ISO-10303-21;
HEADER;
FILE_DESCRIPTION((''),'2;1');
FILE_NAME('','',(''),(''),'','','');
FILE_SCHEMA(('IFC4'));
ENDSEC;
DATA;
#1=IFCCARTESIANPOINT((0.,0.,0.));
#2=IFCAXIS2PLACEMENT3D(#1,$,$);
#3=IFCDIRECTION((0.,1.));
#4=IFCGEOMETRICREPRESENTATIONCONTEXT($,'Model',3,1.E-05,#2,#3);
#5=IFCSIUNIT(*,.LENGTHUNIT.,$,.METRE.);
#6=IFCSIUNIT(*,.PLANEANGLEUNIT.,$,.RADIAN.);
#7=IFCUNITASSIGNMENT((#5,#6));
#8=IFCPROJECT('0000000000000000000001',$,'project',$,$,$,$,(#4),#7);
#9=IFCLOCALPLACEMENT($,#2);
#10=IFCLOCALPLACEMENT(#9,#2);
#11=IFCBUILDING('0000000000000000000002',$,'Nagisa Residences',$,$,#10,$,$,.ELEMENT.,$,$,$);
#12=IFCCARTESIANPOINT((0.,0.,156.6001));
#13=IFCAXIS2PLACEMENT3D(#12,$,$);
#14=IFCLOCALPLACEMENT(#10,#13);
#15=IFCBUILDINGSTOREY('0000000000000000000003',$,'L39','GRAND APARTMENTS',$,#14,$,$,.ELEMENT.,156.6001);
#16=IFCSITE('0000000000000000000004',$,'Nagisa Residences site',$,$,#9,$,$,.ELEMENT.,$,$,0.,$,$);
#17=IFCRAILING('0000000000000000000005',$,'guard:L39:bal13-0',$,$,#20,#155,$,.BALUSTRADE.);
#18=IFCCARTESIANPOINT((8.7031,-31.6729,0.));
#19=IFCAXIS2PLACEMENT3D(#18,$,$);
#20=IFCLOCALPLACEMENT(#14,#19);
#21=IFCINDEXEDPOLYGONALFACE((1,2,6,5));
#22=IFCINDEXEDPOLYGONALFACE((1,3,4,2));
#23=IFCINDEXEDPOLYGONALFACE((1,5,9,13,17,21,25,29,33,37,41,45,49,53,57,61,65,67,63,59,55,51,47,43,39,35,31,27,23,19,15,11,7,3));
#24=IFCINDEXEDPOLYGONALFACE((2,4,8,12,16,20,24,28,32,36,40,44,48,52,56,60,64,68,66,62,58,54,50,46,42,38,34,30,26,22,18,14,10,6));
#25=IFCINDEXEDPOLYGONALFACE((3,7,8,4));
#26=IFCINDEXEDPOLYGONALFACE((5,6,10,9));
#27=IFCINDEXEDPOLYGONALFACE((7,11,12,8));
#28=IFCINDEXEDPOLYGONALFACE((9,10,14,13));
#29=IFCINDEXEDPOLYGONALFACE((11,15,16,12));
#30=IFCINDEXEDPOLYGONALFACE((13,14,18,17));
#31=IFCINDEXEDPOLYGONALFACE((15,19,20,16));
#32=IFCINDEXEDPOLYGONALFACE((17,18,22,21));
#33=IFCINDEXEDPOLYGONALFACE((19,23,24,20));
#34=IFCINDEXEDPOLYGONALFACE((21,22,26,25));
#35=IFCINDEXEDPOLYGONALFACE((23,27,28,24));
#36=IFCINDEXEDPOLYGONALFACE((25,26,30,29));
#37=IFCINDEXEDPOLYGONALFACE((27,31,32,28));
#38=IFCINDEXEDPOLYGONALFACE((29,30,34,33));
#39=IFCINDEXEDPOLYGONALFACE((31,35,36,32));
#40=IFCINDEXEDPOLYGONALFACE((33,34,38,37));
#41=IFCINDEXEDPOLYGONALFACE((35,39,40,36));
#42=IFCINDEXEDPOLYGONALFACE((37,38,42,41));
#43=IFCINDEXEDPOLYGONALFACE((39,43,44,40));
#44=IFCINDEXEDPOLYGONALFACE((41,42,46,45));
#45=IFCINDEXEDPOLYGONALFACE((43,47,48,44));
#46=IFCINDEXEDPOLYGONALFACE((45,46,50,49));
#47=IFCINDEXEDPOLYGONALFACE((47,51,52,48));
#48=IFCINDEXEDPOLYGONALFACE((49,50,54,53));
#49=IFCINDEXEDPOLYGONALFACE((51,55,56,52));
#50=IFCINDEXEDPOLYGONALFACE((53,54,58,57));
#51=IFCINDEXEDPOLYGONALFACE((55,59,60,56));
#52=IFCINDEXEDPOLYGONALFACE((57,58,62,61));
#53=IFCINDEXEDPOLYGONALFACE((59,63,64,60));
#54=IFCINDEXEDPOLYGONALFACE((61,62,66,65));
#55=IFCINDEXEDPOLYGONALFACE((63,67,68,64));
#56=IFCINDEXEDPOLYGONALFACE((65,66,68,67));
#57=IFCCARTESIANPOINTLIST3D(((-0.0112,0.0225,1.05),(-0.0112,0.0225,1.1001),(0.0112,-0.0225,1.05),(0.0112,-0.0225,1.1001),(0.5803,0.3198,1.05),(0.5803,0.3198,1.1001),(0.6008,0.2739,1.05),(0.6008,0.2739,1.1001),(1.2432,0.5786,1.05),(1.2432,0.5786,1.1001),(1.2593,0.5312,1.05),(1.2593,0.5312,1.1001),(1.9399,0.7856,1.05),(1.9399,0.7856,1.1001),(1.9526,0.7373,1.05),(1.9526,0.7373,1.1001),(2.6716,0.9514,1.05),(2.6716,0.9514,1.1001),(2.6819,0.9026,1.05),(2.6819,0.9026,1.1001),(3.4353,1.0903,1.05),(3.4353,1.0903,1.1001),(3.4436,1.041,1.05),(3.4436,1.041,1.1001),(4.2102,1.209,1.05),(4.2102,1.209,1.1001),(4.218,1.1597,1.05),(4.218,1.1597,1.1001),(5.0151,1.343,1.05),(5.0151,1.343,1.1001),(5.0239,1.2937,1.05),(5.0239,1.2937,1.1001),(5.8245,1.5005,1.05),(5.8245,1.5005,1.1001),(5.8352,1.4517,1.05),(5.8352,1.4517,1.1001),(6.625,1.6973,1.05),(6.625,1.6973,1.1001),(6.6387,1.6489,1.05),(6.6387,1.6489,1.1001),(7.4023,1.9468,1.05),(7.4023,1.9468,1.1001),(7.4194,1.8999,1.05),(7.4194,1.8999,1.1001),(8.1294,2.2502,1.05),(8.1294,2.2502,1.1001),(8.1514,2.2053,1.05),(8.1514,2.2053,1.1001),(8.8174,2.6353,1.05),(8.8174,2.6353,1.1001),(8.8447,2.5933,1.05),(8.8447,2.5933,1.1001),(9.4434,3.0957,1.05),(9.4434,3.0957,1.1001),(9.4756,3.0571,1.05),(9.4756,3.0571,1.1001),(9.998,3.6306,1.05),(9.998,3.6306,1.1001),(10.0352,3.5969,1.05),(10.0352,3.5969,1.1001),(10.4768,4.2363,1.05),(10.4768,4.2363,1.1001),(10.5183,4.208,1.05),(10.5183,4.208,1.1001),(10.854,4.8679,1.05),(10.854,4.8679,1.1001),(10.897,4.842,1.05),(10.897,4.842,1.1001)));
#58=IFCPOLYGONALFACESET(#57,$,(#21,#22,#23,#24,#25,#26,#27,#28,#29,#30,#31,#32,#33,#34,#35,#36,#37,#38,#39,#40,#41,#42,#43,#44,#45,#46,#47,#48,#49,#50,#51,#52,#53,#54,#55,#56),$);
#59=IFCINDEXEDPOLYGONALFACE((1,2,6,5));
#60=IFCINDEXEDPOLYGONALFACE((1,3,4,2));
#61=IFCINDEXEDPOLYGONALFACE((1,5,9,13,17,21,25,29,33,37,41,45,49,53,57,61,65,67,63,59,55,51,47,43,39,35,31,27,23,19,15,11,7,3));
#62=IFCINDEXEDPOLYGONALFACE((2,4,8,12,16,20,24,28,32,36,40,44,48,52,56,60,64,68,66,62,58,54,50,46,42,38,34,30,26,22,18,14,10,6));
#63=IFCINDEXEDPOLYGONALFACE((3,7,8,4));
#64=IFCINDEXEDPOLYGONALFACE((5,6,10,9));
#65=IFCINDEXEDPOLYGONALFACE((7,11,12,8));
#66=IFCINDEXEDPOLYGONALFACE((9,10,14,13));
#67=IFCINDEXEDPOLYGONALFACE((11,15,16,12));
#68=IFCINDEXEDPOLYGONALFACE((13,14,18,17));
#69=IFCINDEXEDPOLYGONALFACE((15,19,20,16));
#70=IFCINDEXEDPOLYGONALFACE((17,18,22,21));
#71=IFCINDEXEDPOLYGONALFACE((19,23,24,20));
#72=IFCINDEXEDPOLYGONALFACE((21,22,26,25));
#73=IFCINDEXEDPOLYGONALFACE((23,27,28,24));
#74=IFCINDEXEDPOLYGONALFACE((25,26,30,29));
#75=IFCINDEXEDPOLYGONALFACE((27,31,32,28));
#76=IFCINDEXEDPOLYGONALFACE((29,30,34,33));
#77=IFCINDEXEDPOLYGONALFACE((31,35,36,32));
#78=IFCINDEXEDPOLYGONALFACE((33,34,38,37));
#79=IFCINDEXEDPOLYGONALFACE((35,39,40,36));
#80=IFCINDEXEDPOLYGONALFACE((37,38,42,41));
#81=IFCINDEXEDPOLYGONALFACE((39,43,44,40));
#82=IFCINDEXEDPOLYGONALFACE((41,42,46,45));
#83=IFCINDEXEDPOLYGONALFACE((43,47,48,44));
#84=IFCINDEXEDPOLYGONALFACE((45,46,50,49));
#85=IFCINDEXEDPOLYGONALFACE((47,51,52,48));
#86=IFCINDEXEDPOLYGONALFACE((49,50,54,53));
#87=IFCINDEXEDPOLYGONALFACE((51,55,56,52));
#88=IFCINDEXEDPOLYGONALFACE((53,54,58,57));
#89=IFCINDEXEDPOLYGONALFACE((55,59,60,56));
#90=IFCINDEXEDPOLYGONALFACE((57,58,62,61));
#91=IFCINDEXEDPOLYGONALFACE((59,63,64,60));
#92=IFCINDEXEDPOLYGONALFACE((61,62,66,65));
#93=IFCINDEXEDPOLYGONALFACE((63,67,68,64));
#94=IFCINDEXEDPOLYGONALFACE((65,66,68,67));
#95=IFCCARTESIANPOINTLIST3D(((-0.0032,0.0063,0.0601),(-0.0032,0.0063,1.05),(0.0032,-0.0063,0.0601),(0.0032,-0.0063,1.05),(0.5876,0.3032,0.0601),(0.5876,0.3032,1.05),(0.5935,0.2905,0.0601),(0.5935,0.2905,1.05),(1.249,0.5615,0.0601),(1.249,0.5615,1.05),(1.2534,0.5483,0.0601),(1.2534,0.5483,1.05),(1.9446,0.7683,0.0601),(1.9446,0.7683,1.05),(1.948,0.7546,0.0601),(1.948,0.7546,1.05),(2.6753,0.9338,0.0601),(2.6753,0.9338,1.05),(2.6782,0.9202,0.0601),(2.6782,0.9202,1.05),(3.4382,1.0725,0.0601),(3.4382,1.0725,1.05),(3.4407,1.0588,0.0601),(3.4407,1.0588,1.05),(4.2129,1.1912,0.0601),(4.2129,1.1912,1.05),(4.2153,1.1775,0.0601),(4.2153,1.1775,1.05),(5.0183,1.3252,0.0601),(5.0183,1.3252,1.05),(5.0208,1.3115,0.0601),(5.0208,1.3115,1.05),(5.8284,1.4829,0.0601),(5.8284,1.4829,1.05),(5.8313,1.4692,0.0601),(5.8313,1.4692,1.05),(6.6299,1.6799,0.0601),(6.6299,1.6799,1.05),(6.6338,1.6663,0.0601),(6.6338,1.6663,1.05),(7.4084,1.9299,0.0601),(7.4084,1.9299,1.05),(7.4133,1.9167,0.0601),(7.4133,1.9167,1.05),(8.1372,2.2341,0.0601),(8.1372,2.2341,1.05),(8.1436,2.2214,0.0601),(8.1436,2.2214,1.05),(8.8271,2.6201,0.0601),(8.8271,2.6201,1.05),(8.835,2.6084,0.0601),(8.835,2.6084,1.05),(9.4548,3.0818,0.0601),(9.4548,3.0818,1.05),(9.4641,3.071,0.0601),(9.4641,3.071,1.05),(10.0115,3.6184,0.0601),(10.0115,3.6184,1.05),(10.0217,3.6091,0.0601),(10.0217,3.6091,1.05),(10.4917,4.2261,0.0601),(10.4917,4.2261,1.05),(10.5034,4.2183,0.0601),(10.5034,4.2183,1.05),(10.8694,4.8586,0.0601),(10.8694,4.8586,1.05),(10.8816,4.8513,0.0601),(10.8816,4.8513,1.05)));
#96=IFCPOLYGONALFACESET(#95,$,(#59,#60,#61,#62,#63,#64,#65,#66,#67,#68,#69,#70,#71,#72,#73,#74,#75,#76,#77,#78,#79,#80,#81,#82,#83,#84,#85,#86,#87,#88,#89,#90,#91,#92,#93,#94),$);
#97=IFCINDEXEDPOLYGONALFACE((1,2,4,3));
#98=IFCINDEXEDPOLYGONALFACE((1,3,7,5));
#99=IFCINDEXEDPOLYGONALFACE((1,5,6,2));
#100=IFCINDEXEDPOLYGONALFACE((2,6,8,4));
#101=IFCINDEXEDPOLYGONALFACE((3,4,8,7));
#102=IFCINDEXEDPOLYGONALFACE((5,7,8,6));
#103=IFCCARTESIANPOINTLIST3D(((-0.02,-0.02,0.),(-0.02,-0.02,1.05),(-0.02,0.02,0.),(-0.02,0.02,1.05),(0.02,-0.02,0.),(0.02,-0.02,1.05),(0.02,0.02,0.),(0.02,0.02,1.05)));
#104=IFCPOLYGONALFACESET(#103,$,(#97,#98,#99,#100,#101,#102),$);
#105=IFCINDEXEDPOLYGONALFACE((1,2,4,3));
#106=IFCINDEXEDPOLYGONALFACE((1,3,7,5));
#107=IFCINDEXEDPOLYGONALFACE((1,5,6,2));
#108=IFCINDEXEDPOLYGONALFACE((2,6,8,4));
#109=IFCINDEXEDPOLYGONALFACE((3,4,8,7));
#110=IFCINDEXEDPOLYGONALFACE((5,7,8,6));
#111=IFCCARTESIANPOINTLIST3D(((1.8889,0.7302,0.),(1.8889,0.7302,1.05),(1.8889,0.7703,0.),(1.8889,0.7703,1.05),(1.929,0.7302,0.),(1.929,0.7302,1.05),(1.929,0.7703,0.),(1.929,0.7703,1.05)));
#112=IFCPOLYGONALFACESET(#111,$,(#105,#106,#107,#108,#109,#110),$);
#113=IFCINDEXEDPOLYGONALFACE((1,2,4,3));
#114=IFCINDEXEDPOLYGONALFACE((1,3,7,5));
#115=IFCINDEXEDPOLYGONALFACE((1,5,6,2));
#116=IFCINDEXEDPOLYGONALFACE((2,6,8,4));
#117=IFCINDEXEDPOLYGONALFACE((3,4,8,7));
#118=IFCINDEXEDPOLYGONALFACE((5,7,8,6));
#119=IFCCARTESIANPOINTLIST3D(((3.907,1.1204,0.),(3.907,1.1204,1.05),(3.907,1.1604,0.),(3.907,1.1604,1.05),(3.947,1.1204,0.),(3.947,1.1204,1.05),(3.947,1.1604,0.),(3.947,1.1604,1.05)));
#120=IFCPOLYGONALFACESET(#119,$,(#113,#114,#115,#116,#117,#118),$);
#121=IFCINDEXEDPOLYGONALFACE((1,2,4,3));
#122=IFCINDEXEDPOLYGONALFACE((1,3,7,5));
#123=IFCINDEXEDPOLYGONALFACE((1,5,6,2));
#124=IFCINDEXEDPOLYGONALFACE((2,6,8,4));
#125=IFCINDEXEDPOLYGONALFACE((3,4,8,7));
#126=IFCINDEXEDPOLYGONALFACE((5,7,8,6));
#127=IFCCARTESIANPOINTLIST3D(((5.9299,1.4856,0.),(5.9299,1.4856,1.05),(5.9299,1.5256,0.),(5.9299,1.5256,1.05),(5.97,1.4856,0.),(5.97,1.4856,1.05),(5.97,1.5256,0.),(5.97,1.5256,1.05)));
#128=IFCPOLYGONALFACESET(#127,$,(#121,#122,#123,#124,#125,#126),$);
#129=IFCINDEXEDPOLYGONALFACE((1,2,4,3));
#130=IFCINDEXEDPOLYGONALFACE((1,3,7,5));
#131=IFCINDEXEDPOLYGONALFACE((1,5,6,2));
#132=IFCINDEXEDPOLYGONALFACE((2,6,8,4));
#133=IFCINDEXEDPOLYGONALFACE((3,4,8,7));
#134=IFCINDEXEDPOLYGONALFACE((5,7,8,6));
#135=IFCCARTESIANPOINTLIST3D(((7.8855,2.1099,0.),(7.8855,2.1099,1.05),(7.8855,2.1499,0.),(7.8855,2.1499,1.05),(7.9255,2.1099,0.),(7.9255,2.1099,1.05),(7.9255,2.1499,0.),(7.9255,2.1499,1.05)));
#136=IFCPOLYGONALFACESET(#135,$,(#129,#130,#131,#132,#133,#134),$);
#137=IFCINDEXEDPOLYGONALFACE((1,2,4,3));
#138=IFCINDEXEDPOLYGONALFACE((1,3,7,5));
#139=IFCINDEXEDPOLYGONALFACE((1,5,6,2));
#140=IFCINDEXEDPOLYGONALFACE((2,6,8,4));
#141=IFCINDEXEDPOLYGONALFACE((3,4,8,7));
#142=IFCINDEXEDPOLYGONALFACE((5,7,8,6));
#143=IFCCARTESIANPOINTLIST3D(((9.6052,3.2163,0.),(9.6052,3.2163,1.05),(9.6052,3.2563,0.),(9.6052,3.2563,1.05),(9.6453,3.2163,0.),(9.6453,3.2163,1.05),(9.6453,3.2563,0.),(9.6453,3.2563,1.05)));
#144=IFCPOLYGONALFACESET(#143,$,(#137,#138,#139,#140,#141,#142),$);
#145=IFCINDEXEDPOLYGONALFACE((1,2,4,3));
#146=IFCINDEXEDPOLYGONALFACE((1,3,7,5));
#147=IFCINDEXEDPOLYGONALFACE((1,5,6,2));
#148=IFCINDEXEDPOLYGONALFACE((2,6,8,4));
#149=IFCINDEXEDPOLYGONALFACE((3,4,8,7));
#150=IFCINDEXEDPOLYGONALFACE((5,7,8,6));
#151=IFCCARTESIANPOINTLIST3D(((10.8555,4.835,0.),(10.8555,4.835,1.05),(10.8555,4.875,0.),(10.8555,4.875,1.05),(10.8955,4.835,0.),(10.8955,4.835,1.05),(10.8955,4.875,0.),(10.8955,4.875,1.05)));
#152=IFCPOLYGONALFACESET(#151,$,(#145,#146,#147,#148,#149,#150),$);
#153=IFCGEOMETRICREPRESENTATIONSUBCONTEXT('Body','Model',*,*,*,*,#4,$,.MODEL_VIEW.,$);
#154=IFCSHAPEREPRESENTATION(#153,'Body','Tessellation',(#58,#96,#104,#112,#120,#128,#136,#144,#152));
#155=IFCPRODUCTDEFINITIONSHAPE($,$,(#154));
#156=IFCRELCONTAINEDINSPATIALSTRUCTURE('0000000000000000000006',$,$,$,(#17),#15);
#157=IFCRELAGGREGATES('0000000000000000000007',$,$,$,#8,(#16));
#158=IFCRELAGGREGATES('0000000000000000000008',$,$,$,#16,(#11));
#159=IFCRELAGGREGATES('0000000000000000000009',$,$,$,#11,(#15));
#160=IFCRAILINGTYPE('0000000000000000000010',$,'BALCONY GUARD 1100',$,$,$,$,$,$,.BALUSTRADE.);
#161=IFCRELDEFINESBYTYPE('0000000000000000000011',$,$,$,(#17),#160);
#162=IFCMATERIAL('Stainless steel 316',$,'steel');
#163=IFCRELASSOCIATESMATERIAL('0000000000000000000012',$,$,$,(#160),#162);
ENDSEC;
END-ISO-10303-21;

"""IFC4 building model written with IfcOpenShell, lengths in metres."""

from ifc_helpers import new_model, si_unit, direction, frame, origin, origin_2d, place, context, subcontext, project, spatial, polyline, rectangle, outline, extrude, material, type_object, element, save


model = new_model("IFC4")

# Units and contexts
model_context = context("Model", 3, precision=1e-05, world=origin(), true_north=direction((0.0, 1.0)))
body_context = subcontext(model_context, "Body", "Model", "MODEL_VIEW")
ifc_project = project(units=[si_unit("LENGTHUNIT", "METRE"), si_unit("PLANEANGLEUNIT", "RADIAN")], contexts=[model_context])

# Site, building, storey
site_placement = place(None, origin())
site = spatial("IfcSite", under=ifc_project, at=site_placement, Name="Nagisa Residences site", CompositionType="ELEMENT", RefElevation=0.0)
building_placement = place(site_placement, origin())
building = spatial("IfcBuilding", under=site, at=building_placement, Name="Nagisa Residences", CompositionType="ELEMENT")
storey_placement = place(building_placement, frame((0.0, 0.0, 156.6001)))
storey = spatial("IfcBuildingStorey", under=building, at=storey_placement, Name="L39", Description="GRAND APARTMENTS", CompositionType="ELEMENT", Elevation=156.6001)

# Railing
ifc_material_1 = material(Name="Stainless steel 316", Category="steel")
railing_type = type_object("IfcRailingType", Name="BALCONY GUARD 1100", PredefinedType="BALUSTRADE", material=ifc_material_1)
railing_placement = place(storey_placement, frame((8.7031, -31.6729, 0.0)))
element("IfcRailing", 1, at=railing_placement, inside=storey, type_object=railing_type, Name="guard:L39:bal13-0", PredefinedType="BALUSTRADE", context=body_context, shape_type="SweptSolid", body=[
    extrude(outline(polyline([(0.5803, 0.3198), (-0.0112, 0.0225), (0.0112, -0.0225), (0.6008, 0.2739), (1.2593, 0.5312), (1.9526, 0.7373), (2.6819, 0.9026), (3.4436, 1.041), (4.218, 1.1597), (5.0239, 1.2937), (5.8352, 1.4517), (6.6387, 1.6489), (7.4194, 1.8999), (8.1514, 2.2053), (8.8447, 2.5933), (9.4756, 3.0571), (10.0352, 3.5969), (10.5183, 4.208), (10.897, 4.842), (10.854, 4.8679), (10.4768, 4.2363), (9.998, 3.6306), (9.4434, 3.0957), (8.8174, 2.6353), (8.1294, 2.2502), (7.4023, 1.9468), (6.625, 1.6973), (5.8245, 1.5005), (5.0151, 1.343), (4.2102, 1.209), (3.4353, 1.0903), (2.6716, 0.9514), (1.9399, 0.7856), (1.2432, 0.5786), (0.5803, 0.3198)])), frame((0.0, 0.0, 1.05)), (0.0, 0.0, 1.0), 0.05),
    extrude(outline(polyline([(0.5876, 0.3032), (-0.0032, 0.0063), (0.0032, -0.0063), (0.5935, 0.2905), (1.2534, 0.5483), (1.948, 0.7546), (2.6782, 0.9202), (3.4407, 1.0588), (4.2153, 1.1775), (5.0208, 1.3115), (5.8313, 1.4692), (6.6338, 1.6663), (7.4133, 1.9167), (8.1436, 2.2214), (8.835, 2.6084), (9.4641, 3.071), (10.0217, 3.6091), (10.5034, 4.2183), (10.8816, 4.8513), (10.8694, 4.8586), (10.4917, 4.2261), (10.0115, 3.6184), (9.4548, 3.0818), (8.8271, 2.6201), (8.1372, 2.2341), (7.4084, 1.9299), (6.6299, 1.6799), (5.8284, 1.4829), (5.0183, 1.3252), (4.2129, 1.1912), (3.4382, 1.0725), (2.6753, 0.9338), (1.9446, 0.7683), (1.249, 0.5615), (0.5876, 0.3032)])), frame((0.0, 0.0, 0.0601)), (0.0, 0.0, 1.0), 0.99),
    extrude(rectangle(XDim=0.04, YDim=0.04, at=origin_2d()), origin(), (0.0, 0.0, 1.0), 1.05),
    extrude(rectangle(XDim=0.04, YDim=0.04, at=origin_2d()), frame((1.9089, 0.7502, 0.0)), (0.0, 0.0, 1.0), 1.05),
    extrude(rectangle(XDim=0.04, YDim=0.04, at=origin_2d()), frame((3.927, 1.1404, 0.0)), (0.0, 0.0, 1.0), 1.05),
    extrude(rectangle(XDim=0.04, YDim=0.04, at=origin_2d()), frame((5.95, 1.5056, 0.0)), (0.0, 0.0, 1.0), 1.05),
    extrude(rectangle(XDim=0.04, YDim=0.04, at=origin_2d()), frame((7.9055, 2.1299, 0.0)), (0.0, 0.0, 1.0), 1.05),
    extrude(rectangle(XDim=0.04, YDim=0.04, at=origin_2d()), frame((9.6252, 3.2363, 0.0)), (0.0, 0.0, 1.0), 1.05),
    extrude(rectangle(XDim=0.04, YDim=0.04, at=origin_2d()), frame((10.8755, 4.855, 0.0)), (0.0, 0.0, 1.0), 1.05),
])

save(model, "model.ifc")
